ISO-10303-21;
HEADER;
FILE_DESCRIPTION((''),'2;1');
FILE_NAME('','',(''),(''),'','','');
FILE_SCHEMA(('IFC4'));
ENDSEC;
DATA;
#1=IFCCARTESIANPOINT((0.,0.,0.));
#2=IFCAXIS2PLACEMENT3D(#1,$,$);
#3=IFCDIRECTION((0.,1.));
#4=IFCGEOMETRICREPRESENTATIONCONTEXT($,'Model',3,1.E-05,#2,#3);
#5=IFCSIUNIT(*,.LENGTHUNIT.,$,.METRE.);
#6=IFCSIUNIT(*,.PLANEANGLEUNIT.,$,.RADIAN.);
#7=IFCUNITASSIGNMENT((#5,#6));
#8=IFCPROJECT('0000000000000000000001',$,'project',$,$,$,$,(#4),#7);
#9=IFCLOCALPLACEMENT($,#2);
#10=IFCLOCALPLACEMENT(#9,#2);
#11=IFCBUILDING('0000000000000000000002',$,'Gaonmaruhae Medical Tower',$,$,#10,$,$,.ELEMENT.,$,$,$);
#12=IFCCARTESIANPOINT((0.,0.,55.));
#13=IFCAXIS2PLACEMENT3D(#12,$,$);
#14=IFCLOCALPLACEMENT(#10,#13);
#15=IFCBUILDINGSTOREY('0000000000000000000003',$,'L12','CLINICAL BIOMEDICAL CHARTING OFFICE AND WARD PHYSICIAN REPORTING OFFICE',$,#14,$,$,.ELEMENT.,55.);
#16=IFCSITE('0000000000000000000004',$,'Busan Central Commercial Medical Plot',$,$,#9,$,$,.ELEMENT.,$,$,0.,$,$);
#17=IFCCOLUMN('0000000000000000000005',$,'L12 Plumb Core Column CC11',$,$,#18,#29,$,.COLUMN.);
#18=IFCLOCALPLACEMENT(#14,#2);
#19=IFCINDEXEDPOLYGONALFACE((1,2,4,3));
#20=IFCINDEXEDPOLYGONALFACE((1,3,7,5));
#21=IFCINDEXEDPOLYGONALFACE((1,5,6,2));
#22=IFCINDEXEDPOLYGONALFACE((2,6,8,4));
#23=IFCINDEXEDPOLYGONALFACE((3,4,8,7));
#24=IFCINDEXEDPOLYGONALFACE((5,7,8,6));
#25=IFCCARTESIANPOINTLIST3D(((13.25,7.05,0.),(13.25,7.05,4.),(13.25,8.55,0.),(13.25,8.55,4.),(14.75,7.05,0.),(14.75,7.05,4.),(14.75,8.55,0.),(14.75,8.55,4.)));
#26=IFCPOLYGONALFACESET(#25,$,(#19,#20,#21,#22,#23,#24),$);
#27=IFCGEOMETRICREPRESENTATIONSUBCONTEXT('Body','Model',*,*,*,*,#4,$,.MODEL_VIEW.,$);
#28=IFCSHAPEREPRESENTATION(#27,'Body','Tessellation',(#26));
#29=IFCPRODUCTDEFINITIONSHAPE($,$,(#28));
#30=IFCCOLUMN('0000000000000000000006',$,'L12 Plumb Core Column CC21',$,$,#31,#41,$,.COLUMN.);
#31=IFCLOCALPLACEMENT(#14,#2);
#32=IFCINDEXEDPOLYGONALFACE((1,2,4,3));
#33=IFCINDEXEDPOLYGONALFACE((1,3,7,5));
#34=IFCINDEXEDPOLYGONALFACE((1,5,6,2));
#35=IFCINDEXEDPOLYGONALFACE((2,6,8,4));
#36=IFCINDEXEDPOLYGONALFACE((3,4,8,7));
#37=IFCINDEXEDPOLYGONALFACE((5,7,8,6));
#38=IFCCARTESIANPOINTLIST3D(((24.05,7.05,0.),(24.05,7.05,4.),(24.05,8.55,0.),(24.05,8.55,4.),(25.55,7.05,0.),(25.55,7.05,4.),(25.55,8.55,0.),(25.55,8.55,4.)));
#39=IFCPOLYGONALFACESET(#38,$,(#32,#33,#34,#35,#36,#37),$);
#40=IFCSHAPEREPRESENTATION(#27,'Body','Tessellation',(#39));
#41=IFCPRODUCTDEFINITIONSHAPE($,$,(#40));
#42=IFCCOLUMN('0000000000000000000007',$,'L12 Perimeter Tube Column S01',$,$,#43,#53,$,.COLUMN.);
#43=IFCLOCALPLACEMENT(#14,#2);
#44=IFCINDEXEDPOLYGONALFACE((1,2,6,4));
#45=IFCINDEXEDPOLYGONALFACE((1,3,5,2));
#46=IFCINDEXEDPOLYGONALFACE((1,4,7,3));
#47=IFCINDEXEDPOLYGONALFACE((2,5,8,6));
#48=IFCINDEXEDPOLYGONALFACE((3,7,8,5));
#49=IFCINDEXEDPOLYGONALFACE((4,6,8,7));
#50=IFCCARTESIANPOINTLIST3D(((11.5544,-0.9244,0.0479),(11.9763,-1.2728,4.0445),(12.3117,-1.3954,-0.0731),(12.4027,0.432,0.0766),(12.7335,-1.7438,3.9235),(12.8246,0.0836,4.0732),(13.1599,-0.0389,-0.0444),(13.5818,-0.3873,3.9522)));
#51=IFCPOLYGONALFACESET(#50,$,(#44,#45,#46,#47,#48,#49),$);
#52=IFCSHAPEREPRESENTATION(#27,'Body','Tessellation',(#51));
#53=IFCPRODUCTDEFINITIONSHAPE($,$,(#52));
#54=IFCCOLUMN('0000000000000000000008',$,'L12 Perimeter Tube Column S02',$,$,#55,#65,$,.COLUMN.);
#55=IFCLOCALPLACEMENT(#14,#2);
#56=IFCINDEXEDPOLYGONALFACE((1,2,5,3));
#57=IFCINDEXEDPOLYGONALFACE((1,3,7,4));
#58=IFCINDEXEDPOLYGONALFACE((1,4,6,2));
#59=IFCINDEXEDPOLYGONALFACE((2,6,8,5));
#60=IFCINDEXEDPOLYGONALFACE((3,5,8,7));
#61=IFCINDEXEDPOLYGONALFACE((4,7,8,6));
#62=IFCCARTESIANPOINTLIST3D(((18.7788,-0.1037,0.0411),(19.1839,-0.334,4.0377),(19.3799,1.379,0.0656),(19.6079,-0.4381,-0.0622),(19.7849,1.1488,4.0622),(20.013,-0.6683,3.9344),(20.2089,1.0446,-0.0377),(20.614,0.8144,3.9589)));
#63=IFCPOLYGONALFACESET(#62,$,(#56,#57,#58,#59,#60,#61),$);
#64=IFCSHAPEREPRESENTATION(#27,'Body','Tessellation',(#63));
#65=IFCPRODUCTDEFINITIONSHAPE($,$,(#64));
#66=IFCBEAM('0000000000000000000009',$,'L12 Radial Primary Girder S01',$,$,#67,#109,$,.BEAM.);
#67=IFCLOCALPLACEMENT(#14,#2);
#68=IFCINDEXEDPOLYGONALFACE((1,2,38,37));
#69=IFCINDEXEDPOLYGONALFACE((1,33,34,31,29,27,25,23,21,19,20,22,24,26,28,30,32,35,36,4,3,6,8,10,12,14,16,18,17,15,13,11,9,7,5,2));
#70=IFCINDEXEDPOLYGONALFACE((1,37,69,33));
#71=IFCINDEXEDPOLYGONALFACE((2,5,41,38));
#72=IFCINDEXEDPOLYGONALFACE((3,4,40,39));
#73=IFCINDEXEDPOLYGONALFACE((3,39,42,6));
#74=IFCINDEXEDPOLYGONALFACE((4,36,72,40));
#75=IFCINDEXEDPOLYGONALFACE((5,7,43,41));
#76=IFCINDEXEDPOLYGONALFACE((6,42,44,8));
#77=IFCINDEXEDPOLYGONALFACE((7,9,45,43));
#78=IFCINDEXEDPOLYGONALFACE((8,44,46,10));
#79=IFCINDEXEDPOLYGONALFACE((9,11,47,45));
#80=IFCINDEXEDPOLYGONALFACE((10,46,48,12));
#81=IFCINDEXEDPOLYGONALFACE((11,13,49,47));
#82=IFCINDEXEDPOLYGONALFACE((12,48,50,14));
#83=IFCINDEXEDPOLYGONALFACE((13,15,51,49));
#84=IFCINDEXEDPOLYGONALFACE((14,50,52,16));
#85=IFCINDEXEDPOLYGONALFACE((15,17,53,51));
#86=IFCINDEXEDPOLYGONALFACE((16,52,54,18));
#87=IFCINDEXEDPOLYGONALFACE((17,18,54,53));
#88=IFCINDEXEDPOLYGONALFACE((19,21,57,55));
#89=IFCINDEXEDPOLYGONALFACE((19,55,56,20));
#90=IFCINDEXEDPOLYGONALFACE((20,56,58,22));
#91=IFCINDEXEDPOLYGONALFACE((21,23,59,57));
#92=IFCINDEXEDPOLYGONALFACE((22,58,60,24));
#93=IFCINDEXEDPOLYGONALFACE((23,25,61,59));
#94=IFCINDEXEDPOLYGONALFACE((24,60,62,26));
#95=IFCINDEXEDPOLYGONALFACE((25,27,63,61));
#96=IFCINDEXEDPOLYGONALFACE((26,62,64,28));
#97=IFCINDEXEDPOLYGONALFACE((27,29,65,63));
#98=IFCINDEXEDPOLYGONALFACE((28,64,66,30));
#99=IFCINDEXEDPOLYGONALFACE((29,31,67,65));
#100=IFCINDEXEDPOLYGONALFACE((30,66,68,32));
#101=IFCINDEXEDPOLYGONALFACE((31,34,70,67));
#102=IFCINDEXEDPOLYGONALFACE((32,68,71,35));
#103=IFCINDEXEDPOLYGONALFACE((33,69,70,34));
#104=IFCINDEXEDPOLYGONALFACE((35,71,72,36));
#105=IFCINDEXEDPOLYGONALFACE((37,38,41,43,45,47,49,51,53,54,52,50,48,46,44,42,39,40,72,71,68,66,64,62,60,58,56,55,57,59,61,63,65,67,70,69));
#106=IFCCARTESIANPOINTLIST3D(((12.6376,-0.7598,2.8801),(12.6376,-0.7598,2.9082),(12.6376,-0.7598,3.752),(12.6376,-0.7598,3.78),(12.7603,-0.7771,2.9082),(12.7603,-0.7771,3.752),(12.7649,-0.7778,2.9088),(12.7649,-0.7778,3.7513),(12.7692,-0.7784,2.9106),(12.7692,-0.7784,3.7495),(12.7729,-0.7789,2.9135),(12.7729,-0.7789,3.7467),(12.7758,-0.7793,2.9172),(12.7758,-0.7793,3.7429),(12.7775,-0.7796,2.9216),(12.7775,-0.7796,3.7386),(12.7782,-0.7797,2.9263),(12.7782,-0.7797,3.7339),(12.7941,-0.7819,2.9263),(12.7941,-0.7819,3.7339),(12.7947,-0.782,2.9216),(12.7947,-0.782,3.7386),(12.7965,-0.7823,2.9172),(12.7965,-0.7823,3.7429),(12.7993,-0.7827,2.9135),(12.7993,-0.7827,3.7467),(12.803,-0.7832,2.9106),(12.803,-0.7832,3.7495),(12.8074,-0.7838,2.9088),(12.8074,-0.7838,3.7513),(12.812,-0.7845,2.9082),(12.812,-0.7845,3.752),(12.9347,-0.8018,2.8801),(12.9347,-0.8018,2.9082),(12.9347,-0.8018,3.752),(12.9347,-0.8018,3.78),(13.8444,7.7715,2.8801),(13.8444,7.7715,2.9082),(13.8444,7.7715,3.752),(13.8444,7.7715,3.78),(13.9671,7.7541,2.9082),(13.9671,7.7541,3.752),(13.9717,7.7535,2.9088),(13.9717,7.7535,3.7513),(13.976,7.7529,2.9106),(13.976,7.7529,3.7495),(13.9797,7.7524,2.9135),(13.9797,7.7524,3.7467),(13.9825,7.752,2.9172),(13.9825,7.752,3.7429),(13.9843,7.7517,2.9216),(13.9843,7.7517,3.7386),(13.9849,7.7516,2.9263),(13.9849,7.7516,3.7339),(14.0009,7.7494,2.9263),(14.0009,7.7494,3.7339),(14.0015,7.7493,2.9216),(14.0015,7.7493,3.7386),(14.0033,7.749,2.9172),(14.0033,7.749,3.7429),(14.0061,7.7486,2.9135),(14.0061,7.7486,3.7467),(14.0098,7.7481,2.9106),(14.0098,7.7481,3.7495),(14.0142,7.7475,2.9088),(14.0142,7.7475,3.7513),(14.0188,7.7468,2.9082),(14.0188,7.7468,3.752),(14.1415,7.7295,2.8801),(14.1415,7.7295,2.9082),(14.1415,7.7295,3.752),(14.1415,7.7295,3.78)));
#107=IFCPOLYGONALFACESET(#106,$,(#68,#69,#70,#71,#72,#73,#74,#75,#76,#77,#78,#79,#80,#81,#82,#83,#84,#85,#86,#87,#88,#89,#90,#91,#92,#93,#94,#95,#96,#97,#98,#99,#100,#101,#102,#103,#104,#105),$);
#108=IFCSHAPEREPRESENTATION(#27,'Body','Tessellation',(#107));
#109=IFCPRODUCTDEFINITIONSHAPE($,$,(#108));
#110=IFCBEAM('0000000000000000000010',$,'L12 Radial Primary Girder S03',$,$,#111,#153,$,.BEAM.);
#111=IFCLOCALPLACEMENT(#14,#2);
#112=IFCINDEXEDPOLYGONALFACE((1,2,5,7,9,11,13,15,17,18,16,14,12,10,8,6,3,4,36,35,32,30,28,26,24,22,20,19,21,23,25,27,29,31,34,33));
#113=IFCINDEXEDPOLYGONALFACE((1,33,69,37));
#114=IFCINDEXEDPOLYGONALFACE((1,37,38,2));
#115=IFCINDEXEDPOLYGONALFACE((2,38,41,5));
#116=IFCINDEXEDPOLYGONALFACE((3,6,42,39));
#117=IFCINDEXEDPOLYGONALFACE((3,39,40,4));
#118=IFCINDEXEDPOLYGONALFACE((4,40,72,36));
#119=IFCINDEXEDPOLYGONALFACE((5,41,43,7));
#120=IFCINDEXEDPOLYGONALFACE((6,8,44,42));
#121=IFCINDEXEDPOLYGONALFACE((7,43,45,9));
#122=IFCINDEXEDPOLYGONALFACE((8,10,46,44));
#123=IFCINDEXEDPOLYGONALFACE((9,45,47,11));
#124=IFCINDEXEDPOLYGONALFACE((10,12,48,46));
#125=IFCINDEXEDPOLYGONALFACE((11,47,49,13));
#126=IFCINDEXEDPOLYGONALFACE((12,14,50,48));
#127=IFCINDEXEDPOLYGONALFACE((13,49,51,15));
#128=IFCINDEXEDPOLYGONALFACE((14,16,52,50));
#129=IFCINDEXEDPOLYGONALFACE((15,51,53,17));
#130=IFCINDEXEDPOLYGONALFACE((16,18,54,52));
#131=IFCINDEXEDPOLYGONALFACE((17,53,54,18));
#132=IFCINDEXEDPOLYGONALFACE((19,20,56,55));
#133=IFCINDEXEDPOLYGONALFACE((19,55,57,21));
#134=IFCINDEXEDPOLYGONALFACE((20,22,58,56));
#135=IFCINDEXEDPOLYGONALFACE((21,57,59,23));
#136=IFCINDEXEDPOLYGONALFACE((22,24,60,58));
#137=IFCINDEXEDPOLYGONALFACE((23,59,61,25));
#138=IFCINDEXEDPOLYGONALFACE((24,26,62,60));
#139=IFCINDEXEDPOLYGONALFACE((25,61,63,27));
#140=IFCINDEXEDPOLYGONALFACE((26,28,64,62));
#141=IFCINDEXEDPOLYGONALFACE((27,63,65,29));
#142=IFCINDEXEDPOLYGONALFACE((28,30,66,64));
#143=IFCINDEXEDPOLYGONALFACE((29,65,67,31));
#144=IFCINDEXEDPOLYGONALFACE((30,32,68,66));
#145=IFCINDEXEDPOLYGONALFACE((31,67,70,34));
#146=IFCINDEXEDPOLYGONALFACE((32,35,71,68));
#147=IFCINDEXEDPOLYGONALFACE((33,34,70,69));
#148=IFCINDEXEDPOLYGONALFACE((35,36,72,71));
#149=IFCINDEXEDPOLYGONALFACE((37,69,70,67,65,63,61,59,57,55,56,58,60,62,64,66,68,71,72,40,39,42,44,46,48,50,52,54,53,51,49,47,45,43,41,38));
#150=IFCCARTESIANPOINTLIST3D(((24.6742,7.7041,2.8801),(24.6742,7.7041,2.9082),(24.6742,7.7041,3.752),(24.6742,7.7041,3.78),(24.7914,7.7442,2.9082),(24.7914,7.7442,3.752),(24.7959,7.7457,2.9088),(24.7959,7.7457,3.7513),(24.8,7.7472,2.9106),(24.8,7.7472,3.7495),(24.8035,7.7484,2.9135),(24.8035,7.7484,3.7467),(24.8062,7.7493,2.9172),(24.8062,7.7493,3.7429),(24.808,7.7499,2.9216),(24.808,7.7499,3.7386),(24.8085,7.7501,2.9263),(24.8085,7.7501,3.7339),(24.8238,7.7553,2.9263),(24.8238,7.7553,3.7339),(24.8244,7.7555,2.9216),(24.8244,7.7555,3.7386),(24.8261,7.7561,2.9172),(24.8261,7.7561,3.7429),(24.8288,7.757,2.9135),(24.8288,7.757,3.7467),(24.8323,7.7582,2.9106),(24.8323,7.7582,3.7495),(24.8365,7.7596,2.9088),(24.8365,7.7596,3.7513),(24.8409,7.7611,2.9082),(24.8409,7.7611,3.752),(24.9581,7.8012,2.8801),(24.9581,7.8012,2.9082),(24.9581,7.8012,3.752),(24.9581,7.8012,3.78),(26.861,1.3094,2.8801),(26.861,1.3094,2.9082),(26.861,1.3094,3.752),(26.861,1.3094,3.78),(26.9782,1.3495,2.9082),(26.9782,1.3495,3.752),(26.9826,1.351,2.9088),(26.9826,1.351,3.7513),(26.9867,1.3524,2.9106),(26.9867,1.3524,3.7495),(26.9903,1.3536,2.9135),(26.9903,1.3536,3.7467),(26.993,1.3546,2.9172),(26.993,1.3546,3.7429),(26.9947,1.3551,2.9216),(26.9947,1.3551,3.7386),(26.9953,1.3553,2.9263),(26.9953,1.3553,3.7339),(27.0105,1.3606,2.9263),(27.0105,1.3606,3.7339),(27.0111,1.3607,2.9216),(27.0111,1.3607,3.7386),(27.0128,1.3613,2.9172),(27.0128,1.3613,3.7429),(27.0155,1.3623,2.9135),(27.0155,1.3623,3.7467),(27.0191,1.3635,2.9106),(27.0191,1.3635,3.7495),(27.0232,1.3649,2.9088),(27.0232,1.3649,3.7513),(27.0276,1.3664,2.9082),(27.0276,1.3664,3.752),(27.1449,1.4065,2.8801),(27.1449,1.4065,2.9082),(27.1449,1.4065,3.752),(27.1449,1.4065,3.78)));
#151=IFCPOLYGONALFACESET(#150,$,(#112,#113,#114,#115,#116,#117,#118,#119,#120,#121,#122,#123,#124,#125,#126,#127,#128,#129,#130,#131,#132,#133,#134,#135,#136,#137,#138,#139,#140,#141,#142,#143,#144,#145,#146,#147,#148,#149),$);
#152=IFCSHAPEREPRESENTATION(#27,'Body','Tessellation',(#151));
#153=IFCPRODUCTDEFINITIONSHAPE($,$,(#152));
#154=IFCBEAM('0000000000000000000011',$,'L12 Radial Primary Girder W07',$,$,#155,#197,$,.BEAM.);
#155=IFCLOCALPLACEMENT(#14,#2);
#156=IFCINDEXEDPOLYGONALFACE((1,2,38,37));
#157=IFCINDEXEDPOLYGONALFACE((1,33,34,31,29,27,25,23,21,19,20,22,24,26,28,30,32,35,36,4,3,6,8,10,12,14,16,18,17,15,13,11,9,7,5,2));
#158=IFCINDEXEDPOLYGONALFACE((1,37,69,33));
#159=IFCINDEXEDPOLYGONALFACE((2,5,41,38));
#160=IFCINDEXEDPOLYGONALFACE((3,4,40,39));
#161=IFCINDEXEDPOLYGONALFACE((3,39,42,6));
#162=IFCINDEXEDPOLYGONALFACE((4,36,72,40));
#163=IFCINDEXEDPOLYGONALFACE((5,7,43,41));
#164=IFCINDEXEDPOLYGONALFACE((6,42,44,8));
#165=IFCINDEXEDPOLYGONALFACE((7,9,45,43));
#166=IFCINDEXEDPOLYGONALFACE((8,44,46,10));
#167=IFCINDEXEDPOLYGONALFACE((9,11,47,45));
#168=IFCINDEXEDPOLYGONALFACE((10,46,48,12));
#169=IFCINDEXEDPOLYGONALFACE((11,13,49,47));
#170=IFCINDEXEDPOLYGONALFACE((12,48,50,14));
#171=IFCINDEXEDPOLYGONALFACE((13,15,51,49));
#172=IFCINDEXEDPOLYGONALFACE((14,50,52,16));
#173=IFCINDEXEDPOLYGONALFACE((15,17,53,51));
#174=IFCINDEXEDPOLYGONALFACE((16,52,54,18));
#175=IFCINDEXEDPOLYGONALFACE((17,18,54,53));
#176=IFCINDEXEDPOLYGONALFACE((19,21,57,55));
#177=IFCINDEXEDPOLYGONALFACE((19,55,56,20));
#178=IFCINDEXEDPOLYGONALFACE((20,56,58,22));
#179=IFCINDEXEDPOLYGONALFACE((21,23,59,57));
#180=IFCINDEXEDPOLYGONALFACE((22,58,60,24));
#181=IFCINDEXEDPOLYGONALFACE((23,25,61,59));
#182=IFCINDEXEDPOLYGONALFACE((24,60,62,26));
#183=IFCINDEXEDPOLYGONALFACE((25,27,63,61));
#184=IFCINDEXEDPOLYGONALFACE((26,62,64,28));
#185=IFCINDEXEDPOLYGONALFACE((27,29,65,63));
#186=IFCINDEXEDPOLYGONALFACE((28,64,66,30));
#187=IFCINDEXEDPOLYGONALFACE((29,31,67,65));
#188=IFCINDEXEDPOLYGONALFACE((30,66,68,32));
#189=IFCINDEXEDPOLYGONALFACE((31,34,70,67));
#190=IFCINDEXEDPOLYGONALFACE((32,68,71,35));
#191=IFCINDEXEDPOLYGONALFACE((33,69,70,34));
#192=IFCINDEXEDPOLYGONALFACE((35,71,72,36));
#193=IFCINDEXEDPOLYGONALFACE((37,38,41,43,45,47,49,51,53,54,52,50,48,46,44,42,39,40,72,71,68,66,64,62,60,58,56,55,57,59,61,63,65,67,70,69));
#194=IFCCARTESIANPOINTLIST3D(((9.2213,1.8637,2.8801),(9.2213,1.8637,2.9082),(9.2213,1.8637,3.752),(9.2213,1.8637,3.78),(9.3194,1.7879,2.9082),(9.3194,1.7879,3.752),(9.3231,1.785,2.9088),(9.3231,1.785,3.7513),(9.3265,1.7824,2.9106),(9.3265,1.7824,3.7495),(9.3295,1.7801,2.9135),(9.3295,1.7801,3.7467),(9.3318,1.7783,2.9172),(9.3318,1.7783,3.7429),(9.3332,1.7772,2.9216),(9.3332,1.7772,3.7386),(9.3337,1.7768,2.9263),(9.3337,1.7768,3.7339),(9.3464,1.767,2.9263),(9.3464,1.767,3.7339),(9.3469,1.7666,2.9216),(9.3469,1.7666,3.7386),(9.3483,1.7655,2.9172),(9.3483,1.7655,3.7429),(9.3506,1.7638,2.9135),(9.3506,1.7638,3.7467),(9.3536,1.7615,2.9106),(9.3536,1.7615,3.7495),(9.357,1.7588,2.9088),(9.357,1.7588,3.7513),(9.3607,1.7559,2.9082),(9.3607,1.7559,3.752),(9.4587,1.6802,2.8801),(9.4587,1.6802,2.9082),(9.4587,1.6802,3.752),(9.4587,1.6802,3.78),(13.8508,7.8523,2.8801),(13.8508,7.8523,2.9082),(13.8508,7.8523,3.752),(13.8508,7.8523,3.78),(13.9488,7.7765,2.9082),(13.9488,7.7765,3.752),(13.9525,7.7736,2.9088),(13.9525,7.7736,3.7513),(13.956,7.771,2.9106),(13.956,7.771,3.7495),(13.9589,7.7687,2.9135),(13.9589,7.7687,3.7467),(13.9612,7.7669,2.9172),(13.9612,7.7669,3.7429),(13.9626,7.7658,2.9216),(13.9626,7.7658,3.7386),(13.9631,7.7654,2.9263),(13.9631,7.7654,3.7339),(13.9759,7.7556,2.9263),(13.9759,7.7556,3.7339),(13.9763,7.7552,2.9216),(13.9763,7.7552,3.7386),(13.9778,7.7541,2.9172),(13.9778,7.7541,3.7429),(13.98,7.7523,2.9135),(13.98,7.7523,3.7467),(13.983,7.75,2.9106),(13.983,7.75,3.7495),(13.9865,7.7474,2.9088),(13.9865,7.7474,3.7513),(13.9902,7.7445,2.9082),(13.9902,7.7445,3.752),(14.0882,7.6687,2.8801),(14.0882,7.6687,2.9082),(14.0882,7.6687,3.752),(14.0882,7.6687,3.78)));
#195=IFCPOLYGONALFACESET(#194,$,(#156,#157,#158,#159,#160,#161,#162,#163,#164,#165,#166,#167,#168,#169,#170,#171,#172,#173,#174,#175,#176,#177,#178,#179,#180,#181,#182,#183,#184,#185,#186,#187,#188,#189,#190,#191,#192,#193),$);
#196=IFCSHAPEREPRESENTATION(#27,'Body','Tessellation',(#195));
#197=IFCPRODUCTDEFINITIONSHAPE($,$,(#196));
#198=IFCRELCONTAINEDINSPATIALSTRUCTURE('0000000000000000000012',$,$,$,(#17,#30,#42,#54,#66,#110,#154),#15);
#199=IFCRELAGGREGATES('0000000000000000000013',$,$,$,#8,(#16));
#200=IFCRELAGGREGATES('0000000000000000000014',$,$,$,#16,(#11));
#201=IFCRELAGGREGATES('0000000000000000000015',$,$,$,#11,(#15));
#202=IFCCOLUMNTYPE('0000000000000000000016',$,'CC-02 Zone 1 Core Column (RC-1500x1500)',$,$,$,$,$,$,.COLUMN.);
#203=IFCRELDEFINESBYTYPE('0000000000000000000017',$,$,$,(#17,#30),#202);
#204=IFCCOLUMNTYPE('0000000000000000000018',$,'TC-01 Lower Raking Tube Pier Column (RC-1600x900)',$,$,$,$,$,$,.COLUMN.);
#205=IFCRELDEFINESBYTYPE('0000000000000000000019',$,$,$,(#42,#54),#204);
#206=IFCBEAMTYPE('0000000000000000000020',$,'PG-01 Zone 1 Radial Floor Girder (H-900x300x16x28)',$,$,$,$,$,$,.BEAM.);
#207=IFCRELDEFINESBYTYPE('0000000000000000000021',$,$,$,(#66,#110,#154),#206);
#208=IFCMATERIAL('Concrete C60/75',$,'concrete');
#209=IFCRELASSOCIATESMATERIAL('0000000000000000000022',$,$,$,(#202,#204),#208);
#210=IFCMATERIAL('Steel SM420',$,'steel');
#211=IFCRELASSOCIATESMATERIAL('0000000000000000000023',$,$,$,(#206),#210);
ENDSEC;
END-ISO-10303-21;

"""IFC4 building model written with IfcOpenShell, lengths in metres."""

from ifc_helpers import new_model, si_unit, direction, frame, origin, origin_2d, place, context, subcontext, project, spatial, rectangle, i_section, extrude, material, material_profile, profile_set, type_object, element, save


model = new_model("IFC4")

# Units and contexts
model_context = context("Model", 3, precision=1e-05, world=origin(), true_north=direction((0.0, 1.0)))
body_context = subcontext(model_context, "Body", "Model", "MODEL_VIEW")
ifc_project = project(units=[si_unit("LENGTHUNIT", "METRE"), si_unit("PLANEANGLEUNIT", "RADIAN")], contexts=[model_context])

# Site, building, storey
site_placement = place(None, origin())
site = spatial("IfcSite", under=ifc_project, at=site_placement, Name="Busan Central Commercial Medical Plot", CompositionType="ELEMENT", RefElevation=0.0)
building_placement = place(site_placement, origin())
building = spatial("IfcBuilding", under=site, at=building_placement, Name="Gaonmaruhae Medical Tower", CompositionType="ELEMENT")
storey_placement = place(building_placement, frame((0.0, 0.0, 55.0)))
storey = spatial("IfcBuildingStorey", under=building, at=storey_placement, Name="L12", Description="CLINICAL BIOMEDICAL CHARTING OFFICE AND WARD PHYSICIAN REPORTING OFFICE", CompositionType="ELEMENT", Elevation=55.0)

# Columns
ifc_material_1 = material(Name="Concrete C60/75", Category="concrete")
ifc_material_profile_1 = material_profile(ifc_material_1, rectangle(XDim=1.5, YDim=1.5, at=origin_2d()), Name="RC-1500x1500")
ifc_profile_set_1 = profile_set([ifc_material_profile_1], Name="Concrete C60/75")
column_type_1 = type_object("IfcColumnType", Name="CC-02 Zone 1 Core Column (RC-1500x1500)", PredefinedType="COLUMN", material=ifc_profile_set_1)
for number, where, z_axis, x_axis, name in (
    (1, (14.0, 7.8, 0.0), (0.0, 0.0, 1.0), (1.0, 0.0, 0.0), "L12 Plumb Core Column CC11"),
    (2, (24.8, 7.8, 0.0), (0.0, 0.0, 1.0), (1.0, 0.0, 0.0), "L12 Plumb Core Column CC21"),
):
    element("IfcColumn", number, at=place(storey_placement, frame(where, z_axis=z_axis, x_axis=x_axis)), inside=storey, type_object=column_type_1, Name=name, PredefinedType="COLUMN", context=body_context, shape_type="SweptSolid", body=[
        extrude(rectangle(XDim=1.5, YDim=1.5, at=origin_2d()), origin(), (0.0, 0.0, 1.0), 4.0),
    ])
ifc_material_profile_2 = material_profile(ifc_material_1, rectangle(XDim=1.6001, YDim=0.8999, at=origin_2d()), Name="RC-1600x900")
ifc_profile_set_2 = profile_set([ifc_material_profile_2], Name="Concrete C60/75")
column_type_2 = type_object("IfcColumnType", Name="TC-01 Lower Raking Tube Pier Column (RC-1600x900)", PredefinedType="COLUMN", material=ifc_profile_set_2)
column_1_placement = place(storey_placement, frame((12.3572, -0.4817, 0.0017), z_axis=(0.104583, -0.086366, 0.990759), x_axis=(0.530125, 0.84773, 0.017939)))
element("IfcColumn", 3, at=column_1_placement, inside=storey, type_object=column_type_2, Name="L12 Perimeter Tube Column S01", PredefinedType="COLUMN", context=body_context, shape_type="SweptSolid", body=[
    extrude(rectangle(XDim=1.6001, YDim=0.8999, at=origin_2d()), origin(), (0.0, 0.0, 1.0), 4.0339),
])
column_2_placement = place(storey_placement, frame((19.4939, 0.4705, 0.0017), z_axis=(0.100662, -0.057218, 0.993274), x_axis=(0.375615, 0.926649, 0.015314)))
element("IfcColumn", 4, at=column_2_placement, inside=storey, type_object=column_type_2, Name="L12 Perimeter Tube Column S02", PredefinedType="COLUMN", context=body_context, shape_type="SweptSolid", body=[
    extrude(rectangle(XDim=1.6001, YDim=0.8999, at=origin_2d()), origin(), (0.0, 0.0, 1.0), 4.0237),
])

# Beams
ifc_material_2 = material(Name="Steel SM420", Category="steel")
ifc_material_profile_3 = material_profile(ifc_material_2, i_section(OverallWidth=0.3, OverallDepth=0.8999, WebThickness=0.0161, FlangeThickness=0.0281, FilletRadius=0.0181, at=origin_2d()), Name="H-900x300x16x28")
ifc_profile_set_3 = profile_set([ifc_material_profile_3], Name="Steel SM420")
beam_type_1 = type_object("IfcBeamType", Name="PG-01 Zone 1 Radial Floor Girder (H-900x300x16x28)", PredefinedType="BEAM", material=ifc_profile_set_3)
beam_1_placement = place(storey_placement, frame((13.9929, 7.7505, 3.3301), z_axis=(-0.140061, -0.990143, 0.0), x_axis=(0.990143, -0.140061, 0.0)))
element("IfcBeam", 5, at=beam_1_placement, inside=storey, type_object=beam_type_1, Name="L12 Radial Primary Girder S01", PredefinedType="BEAM", context=body_context, shape_type="SweptSolid", body=[
    extrude(i_section(OverallWidth=0.3, OverallDepth=0.8999, WebThickness=0.0161, FlangeThickness=0.0281, FilletRadius=0.0181, at=origin_2d()), origin(), (0.0, 0.0, 1.0), 8.6162),
])
beam_2_placement = place(storey_placement, frame((24.8162, 7.7527, 3.3301), z_axis=(0.323566, -0.946206, 0.0), x_axis=(0.946206, 0.323566, 0.0)))
element("IfcBeam", 6, at=beam_2_placement, inside=storey, type_object=beam_type_1, Name="L12 Radial Primary Girder S03", PredefinedType="BEAM", context=body_context, shape_type="SweptSolid", body=[
    extrude(i_section(OverallWidth=0.3, OverallDepth=0.8999, WebThickness=0.0161, FlangeThickness=0.0281, FilletRadius=0.0181, at=origin_2d()), origin(), (0.0, 0.0, 1.0), 6.7583),
])
beam_3_placement = place(storey_placement, frame((13.9695, 7.7605, 3.3301), z_axis=(-0.611604, -0.791164, 0.0), x_axis=(0.791164, -0.611604, 0.0)))
element("IfcBeam", 7, at=beam_3_placement, inside=storey, type_object=beam_type_1, Name="L12 Radial Primary Girder W07", PredefinedType="BEAM", context=body_context, shape_type="SweptSolid", body=[
    extrude(i_section(OverallWidth=0.3, OverallDepth=0.8999, WebThickness=0.0161, FlangeThickness=0.0281, FilletRadius=0.0181, at=origin_2d()), origin(), (0.0, 0.0, 1.0), 7.5693),
])

save(model, "model.ifc")
